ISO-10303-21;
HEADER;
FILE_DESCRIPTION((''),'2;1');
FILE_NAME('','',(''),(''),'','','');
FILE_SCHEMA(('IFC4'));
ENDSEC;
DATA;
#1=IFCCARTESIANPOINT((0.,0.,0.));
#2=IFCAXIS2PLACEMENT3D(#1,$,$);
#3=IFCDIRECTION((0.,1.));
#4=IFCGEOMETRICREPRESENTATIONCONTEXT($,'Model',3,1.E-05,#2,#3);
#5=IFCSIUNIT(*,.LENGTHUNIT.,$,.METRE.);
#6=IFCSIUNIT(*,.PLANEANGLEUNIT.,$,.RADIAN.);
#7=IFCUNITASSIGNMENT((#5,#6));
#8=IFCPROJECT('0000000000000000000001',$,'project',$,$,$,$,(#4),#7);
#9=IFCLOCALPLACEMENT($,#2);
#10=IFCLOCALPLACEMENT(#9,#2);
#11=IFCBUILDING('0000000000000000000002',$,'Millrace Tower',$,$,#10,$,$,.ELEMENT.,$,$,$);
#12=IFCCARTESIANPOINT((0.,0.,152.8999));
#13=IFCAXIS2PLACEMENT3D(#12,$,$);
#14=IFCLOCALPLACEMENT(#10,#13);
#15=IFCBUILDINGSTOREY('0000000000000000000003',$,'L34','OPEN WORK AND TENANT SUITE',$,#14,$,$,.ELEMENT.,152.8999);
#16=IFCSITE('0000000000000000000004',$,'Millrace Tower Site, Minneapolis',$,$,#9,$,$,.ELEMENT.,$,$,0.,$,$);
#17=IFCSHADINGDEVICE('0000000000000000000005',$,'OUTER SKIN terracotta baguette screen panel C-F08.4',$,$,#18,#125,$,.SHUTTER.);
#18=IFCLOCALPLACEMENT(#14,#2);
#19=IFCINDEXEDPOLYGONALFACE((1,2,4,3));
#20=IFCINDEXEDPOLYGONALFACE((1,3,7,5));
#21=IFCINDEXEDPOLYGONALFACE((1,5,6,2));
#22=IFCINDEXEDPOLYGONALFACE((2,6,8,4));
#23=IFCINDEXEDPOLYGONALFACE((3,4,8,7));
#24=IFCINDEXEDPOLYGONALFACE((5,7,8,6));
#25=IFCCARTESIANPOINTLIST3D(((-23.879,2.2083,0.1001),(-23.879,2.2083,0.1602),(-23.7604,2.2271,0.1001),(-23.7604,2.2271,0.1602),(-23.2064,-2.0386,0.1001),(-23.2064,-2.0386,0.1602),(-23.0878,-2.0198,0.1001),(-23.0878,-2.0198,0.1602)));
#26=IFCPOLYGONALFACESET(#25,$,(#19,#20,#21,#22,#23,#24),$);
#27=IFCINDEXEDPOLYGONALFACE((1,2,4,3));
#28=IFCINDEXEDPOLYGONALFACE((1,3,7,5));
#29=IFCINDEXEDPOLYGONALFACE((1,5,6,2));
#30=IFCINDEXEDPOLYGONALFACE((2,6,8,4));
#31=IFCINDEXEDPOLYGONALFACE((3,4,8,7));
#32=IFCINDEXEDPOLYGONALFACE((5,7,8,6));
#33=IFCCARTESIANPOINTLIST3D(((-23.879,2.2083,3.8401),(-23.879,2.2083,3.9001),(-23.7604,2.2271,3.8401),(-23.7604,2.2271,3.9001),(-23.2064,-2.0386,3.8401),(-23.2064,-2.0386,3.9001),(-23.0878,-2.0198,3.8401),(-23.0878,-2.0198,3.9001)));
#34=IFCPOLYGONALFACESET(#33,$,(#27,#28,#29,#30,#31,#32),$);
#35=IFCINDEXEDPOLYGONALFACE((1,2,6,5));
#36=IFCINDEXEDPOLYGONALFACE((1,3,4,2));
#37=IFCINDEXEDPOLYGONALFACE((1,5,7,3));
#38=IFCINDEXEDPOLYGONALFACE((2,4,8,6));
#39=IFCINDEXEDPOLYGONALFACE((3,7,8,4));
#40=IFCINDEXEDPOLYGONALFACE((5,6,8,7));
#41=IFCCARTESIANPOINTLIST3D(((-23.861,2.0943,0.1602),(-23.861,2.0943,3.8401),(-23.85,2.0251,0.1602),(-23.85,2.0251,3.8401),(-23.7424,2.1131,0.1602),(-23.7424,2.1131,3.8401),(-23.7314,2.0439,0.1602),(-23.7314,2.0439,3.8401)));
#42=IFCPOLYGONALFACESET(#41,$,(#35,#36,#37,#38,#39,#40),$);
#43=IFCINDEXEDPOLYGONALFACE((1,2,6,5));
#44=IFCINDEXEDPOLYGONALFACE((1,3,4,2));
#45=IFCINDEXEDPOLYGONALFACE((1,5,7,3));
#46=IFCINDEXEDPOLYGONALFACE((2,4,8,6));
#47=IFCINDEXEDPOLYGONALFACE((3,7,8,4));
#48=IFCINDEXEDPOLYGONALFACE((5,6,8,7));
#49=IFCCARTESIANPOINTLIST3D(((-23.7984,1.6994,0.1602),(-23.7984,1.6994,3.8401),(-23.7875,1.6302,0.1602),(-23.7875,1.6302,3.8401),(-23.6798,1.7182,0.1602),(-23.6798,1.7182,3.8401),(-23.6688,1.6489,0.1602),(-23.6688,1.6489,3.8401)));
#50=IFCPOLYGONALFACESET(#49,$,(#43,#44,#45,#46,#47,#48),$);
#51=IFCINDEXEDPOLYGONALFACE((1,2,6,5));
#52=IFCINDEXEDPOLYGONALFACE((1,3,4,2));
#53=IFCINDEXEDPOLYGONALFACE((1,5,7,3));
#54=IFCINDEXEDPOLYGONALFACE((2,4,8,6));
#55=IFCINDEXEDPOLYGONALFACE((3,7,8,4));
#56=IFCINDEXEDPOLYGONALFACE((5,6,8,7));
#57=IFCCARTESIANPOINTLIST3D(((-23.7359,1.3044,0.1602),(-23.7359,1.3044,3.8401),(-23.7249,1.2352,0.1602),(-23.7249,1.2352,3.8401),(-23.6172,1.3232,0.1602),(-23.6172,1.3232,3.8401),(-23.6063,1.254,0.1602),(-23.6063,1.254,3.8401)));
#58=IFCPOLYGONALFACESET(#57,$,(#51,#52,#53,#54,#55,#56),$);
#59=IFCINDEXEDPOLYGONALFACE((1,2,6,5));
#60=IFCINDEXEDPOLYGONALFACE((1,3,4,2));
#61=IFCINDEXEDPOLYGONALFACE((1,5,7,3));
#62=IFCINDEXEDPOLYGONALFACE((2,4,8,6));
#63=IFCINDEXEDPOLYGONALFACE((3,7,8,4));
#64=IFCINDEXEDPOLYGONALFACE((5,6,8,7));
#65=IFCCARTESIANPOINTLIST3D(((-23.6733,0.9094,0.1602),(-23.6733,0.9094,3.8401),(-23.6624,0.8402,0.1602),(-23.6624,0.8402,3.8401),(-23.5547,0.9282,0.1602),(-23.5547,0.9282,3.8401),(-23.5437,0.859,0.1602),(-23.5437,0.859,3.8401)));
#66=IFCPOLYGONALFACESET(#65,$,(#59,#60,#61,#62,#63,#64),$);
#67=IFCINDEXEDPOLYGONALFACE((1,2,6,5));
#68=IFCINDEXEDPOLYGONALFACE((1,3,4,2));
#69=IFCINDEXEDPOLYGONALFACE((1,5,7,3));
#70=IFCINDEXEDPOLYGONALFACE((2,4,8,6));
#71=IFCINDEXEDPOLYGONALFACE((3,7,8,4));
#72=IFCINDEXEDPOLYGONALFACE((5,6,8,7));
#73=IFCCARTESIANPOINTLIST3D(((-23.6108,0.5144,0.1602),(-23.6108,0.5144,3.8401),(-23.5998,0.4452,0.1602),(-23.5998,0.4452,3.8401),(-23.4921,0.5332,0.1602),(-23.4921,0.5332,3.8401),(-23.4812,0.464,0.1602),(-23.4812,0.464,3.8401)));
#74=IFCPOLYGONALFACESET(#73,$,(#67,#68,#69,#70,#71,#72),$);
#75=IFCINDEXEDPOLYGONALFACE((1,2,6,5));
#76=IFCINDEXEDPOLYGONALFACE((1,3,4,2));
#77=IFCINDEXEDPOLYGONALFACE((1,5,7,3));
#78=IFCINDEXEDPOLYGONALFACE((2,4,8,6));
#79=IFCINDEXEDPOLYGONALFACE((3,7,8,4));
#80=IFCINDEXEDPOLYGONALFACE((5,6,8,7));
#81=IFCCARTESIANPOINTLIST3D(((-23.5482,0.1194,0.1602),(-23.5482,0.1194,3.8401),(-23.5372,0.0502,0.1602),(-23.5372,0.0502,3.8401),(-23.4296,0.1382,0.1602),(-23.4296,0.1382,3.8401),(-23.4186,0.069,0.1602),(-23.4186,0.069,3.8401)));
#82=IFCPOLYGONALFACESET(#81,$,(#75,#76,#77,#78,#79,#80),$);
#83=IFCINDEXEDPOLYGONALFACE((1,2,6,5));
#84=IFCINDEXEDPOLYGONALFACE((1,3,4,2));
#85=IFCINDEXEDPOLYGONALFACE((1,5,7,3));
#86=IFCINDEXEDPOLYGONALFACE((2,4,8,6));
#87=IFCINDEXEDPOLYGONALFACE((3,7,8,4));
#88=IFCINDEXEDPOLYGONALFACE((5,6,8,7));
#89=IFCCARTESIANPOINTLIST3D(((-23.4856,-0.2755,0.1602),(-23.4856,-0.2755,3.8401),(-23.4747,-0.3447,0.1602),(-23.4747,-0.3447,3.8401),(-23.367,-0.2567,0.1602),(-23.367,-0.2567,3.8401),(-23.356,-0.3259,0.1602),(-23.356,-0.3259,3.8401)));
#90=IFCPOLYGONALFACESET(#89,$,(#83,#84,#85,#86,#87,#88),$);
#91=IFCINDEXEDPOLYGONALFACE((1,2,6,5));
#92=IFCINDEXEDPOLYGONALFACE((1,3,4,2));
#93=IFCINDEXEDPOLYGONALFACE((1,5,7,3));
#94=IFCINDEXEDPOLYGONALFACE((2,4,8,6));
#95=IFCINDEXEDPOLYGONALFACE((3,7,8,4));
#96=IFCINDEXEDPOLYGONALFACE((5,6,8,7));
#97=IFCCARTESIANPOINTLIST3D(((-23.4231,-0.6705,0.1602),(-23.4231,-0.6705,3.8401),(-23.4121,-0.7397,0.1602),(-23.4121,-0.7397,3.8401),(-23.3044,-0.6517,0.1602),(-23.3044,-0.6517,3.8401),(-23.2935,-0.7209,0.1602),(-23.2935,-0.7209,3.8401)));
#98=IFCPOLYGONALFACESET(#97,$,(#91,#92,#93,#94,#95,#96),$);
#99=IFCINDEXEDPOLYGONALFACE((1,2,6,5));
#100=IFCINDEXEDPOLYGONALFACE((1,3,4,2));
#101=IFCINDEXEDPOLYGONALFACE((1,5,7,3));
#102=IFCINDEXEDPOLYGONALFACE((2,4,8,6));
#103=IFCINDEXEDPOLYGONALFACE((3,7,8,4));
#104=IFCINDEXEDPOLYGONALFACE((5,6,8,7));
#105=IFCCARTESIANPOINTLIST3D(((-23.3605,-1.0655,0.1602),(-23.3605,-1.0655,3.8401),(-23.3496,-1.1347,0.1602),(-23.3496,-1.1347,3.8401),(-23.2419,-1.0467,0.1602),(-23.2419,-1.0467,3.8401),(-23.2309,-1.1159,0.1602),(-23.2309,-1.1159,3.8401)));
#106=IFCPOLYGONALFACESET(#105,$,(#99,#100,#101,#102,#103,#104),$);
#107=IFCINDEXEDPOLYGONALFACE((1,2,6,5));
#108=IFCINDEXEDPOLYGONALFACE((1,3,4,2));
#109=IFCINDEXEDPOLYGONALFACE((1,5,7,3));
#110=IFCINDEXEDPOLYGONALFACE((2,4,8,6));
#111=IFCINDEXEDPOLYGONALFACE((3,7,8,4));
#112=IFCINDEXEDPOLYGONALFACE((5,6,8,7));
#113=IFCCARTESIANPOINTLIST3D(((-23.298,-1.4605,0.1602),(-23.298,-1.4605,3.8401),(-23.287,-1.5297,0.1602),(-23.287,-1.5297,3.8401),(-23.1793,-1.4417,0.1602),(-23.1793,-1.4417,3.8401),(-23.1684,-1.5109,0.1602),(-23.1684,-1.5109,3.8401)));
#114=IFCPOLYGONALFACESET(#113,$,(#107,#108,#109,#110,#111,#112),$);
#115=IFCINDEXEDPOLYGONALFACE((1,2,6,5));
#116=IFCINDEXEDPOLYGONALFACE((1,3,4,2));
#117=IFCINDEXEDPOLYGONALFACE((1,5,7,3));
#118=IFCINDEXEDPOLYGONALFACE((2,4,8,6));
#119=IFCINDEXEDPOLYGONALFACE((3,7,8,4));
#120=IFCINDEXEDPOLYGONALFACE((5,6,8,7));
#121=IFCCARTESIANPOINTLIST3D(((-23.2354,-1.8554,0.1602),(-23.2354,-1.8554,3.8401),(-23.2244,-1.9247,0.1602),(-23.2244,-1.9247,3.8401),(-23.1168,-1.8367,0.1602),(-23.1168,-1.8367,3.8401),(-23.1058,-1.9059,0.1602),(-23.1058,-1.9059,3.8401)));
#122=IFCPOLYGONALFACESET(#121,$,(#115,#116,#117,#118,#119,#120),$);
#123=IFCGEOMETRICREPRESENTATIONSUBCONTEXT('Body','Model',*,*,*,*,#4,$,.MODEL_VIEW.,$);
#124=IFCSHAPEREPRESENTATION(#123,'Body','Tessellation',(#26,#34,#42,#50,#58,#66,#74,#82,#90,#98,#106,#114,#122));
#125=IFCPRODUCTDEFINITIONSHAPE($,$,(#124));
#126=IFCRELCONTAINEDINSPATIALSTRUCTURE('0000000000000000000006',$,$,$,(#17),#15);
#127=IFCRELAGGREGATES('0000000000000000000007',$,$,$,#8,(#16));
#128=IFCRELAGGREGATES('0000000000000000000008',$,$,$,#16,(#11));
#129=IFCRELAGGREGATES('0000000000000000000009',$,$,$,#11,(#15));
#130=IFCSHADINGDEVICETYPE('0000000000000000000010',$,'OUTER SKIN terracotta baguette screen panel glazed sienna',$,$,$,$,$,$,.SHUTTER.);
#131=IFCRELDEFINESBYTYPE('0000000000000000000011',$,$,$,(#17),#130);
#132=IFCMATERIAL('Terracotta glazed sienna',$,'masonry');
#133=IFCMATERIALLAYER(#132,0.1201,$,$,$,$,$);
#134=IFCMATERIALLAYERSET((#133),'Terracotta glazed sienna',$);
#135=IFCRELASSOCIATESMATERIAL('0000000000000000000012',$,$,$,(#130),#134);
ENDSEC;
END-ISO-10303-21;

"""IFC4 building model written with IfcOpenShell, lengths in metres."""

from ifc_helpers import new_model, entity, si_unit, direction, frame, frame_2d, origin, origin_2d, place, context, subcontext, project, spatial, rectangle, extrude, source, transform, mapped, material, layer, layer_set, type_object, element, save


model = new_model("IFC4")

# Units and contexts
model_context = context("Model", 3, precision=1e-05, world=origin(), true_north=direction((0.0, 1.0)))
body_context = subcontext(model_context, "Body", "Model", "MODEL_VIEW")
ifc_project = project(units=[si_unit("LENGTHUNIT", "METRE"), si_unit("PLANEANGLEUNIT", "RADIAN")], contexts=[model_context])

# Site, building, storey
site_placement = place(None, origin())
site = spatial("IfcSite", under=ifc_project, at=site_placement, Name="Millrace Tower Site, Minneapolis", CompositionType="ELEMENT", RefElevation=0.0)
building_placement = place(site_placement, origin())
building = spatial("IfcBuilding", under=site, at=building_placement, Name="Millrace Tower", CompositionType="ELEMENT")
storey_placement = place(building_placement, frame((0.0, 0.0, 152.8999)))
storey = spatial("IfcBuildingStorey", under=building, at=storey_placement, Name="L34", Description="OPEN WORK AND TENANT SUITE", CompositionType="ELEMENT", Elevation=152.8999)

# Shading device
ifc_material_1 = material(Name="Terracotta glazed sienna", Category="masonry")
ifc_layer_1 = layer(ifc_material_1, 0.1201)
ifc_layer_set_1 = layer_set([ifc_layer_1], Name="Terracotta glazed sienna")
shading_device_type = type_object("IfcShadingDeviceType", Name="OUTER SKIN terracotta baguette screen panel glazed sienna", PredefinedType="SHUTTER", material=ifc_layer_set_1)
cartesian_point = entity("IfcCartesianPoint", [-2.1499, 0.0601])
shared_polyline = entity("IfcPolyline", [cartesian_point, entity("IfcCartesianPoint", [2.1499, 0.0601]), entity("IfcCartesianPoint", [2.1499, -0.0601]), entity("IfcCartesianPoint", [-2.1499, -0.0601]), cartesian_point])
shared_shape = source(origin(), body_context, "Body", "SweptSolid", [
    entity("IfcExtrudedAreaSolid", entity("IfcArbitraryClosedProfileDef", "AREA", None, shared_polyline), entity("IfcAxis2Placement3D", entity("IfcCartesianPoint", [0.0, 0.0, 0.0])), entity("IfcDirection", [0.0, 0.0, 1.0]), 0.0601),
    entity("IfcExtrudedAreaSolid", entity("IfcArbitraryClosedProfileDef", "AREA", None, shared_polyline), entity("IfcAxis2Placement3D", entity("IfcCartesianPoint", [0.0, 0.0, 3.74])), entity("IfcDirection", [0.0, 0.0, 1.0]), 0.0601),
    extrude(rectangle(XDim=0.0701, YDim=0.1201, at=frame_2d((-1.9995, 0.0))), frame((0.0, 0.0, 0.0601)), (0.0, 0.0, 1.0), 3.6799),
    extrude(rectangle(XDim=0.0701, YDim=0.1201, at=frame_2d((-1.5996, 0.0))), frame((0.0, 0.0, 0.0601)), (0.0, 0.0, 1.0), 3.6799),
    extrude(rectangle(XDim=0.0701, YDim=0.1201, at=frame_2d((-1.1997, 0.0))), frame((0.0, 0.0, 0.0601)), (0.0, 0.0, 1.0), 3.6799),
    extrude(rectangle(XDim=0.0701, YDim=0.1201, at=frame_2d((-0.7998, 0.0))), frame((0.0, 0.0, 0.0601)), (0.0, 0.0, 1.0), 3.6799),
    extrude(rectangle(XDim=0.0701, YDim=0.1201, at=frame_2d((-0.3999, 0.0))), frame((0.0, 0.0, 0.0601)), (0.0, 0.0, 1.0), 3.6799),
    extrude(rectangle(XDim=0.0701, YDim=0.1201, at=origin_2d()), frame((0.0, 0.0, 0.0601)), (0.0, 0.0, 1.0), 3.6799),
    extrude(rectangle(XDim=0.0701, YDim=0.1201, at=frame_2d((0.3999, 0.0))), frame((0.0, 0.0, 0.0601)), (0.0, 0.0, 1.0), 3.6799),
    extrude(rectangle(XDim=0.0701, YDim=0.1201, at=frame_2d((0.7998, 0.0))), frame((0.0, 0.0, 0.0601)), (0.0, 0.0, 1.0), 3.6799),
    extrude(rectangle(XDim=0.0701, YDim=0.1201, at=frame_2d((1.1997, 0.0))), frame((0.0, 0.0, 0.0601)), (0.0, 0.0, 1.0), 3.6799),
    extrude(rectangle(XDim=0.0701, YDim=0.1201, at=frame_2d((1.5996, 0.0))), frame((0.0, 0.0, 0.0601)), (0.0, 0.0, 1.0), 3.6799),
    extrude(rectangle(XDim=0.0701, YDim=0.1201, at=frame_2d((1.9995, 0.0))), frame((0.0, 0.0, 0.0601)), (0.0, 0.0, 1.0), 3.6799),
])
for number, where, z_axis, x_axis, name in (
    (1, (-23.4834, 0.0942, 0.1001), (0.0, 0.0, 1.0), (0.156434, -0.987688, 0.0), "OUTER SKIN terracotta baguette screen panel C-F08.4"),
):
    element("IfcShadingDevice", number, at=place(storey_placement, frame(where, z_axis=z_axis, x_axis=x_axis)), inside=storey, type_object=shading_device_type, Name=name, PredefinedType="SHUTTER", context=body_context, shape_type="MappedRepresentation", body=[
        mapped(shared_shape, transform((0.0, 0.0, 0.0), scale=1.0)),
    ])

save(model, "model.ifc")
